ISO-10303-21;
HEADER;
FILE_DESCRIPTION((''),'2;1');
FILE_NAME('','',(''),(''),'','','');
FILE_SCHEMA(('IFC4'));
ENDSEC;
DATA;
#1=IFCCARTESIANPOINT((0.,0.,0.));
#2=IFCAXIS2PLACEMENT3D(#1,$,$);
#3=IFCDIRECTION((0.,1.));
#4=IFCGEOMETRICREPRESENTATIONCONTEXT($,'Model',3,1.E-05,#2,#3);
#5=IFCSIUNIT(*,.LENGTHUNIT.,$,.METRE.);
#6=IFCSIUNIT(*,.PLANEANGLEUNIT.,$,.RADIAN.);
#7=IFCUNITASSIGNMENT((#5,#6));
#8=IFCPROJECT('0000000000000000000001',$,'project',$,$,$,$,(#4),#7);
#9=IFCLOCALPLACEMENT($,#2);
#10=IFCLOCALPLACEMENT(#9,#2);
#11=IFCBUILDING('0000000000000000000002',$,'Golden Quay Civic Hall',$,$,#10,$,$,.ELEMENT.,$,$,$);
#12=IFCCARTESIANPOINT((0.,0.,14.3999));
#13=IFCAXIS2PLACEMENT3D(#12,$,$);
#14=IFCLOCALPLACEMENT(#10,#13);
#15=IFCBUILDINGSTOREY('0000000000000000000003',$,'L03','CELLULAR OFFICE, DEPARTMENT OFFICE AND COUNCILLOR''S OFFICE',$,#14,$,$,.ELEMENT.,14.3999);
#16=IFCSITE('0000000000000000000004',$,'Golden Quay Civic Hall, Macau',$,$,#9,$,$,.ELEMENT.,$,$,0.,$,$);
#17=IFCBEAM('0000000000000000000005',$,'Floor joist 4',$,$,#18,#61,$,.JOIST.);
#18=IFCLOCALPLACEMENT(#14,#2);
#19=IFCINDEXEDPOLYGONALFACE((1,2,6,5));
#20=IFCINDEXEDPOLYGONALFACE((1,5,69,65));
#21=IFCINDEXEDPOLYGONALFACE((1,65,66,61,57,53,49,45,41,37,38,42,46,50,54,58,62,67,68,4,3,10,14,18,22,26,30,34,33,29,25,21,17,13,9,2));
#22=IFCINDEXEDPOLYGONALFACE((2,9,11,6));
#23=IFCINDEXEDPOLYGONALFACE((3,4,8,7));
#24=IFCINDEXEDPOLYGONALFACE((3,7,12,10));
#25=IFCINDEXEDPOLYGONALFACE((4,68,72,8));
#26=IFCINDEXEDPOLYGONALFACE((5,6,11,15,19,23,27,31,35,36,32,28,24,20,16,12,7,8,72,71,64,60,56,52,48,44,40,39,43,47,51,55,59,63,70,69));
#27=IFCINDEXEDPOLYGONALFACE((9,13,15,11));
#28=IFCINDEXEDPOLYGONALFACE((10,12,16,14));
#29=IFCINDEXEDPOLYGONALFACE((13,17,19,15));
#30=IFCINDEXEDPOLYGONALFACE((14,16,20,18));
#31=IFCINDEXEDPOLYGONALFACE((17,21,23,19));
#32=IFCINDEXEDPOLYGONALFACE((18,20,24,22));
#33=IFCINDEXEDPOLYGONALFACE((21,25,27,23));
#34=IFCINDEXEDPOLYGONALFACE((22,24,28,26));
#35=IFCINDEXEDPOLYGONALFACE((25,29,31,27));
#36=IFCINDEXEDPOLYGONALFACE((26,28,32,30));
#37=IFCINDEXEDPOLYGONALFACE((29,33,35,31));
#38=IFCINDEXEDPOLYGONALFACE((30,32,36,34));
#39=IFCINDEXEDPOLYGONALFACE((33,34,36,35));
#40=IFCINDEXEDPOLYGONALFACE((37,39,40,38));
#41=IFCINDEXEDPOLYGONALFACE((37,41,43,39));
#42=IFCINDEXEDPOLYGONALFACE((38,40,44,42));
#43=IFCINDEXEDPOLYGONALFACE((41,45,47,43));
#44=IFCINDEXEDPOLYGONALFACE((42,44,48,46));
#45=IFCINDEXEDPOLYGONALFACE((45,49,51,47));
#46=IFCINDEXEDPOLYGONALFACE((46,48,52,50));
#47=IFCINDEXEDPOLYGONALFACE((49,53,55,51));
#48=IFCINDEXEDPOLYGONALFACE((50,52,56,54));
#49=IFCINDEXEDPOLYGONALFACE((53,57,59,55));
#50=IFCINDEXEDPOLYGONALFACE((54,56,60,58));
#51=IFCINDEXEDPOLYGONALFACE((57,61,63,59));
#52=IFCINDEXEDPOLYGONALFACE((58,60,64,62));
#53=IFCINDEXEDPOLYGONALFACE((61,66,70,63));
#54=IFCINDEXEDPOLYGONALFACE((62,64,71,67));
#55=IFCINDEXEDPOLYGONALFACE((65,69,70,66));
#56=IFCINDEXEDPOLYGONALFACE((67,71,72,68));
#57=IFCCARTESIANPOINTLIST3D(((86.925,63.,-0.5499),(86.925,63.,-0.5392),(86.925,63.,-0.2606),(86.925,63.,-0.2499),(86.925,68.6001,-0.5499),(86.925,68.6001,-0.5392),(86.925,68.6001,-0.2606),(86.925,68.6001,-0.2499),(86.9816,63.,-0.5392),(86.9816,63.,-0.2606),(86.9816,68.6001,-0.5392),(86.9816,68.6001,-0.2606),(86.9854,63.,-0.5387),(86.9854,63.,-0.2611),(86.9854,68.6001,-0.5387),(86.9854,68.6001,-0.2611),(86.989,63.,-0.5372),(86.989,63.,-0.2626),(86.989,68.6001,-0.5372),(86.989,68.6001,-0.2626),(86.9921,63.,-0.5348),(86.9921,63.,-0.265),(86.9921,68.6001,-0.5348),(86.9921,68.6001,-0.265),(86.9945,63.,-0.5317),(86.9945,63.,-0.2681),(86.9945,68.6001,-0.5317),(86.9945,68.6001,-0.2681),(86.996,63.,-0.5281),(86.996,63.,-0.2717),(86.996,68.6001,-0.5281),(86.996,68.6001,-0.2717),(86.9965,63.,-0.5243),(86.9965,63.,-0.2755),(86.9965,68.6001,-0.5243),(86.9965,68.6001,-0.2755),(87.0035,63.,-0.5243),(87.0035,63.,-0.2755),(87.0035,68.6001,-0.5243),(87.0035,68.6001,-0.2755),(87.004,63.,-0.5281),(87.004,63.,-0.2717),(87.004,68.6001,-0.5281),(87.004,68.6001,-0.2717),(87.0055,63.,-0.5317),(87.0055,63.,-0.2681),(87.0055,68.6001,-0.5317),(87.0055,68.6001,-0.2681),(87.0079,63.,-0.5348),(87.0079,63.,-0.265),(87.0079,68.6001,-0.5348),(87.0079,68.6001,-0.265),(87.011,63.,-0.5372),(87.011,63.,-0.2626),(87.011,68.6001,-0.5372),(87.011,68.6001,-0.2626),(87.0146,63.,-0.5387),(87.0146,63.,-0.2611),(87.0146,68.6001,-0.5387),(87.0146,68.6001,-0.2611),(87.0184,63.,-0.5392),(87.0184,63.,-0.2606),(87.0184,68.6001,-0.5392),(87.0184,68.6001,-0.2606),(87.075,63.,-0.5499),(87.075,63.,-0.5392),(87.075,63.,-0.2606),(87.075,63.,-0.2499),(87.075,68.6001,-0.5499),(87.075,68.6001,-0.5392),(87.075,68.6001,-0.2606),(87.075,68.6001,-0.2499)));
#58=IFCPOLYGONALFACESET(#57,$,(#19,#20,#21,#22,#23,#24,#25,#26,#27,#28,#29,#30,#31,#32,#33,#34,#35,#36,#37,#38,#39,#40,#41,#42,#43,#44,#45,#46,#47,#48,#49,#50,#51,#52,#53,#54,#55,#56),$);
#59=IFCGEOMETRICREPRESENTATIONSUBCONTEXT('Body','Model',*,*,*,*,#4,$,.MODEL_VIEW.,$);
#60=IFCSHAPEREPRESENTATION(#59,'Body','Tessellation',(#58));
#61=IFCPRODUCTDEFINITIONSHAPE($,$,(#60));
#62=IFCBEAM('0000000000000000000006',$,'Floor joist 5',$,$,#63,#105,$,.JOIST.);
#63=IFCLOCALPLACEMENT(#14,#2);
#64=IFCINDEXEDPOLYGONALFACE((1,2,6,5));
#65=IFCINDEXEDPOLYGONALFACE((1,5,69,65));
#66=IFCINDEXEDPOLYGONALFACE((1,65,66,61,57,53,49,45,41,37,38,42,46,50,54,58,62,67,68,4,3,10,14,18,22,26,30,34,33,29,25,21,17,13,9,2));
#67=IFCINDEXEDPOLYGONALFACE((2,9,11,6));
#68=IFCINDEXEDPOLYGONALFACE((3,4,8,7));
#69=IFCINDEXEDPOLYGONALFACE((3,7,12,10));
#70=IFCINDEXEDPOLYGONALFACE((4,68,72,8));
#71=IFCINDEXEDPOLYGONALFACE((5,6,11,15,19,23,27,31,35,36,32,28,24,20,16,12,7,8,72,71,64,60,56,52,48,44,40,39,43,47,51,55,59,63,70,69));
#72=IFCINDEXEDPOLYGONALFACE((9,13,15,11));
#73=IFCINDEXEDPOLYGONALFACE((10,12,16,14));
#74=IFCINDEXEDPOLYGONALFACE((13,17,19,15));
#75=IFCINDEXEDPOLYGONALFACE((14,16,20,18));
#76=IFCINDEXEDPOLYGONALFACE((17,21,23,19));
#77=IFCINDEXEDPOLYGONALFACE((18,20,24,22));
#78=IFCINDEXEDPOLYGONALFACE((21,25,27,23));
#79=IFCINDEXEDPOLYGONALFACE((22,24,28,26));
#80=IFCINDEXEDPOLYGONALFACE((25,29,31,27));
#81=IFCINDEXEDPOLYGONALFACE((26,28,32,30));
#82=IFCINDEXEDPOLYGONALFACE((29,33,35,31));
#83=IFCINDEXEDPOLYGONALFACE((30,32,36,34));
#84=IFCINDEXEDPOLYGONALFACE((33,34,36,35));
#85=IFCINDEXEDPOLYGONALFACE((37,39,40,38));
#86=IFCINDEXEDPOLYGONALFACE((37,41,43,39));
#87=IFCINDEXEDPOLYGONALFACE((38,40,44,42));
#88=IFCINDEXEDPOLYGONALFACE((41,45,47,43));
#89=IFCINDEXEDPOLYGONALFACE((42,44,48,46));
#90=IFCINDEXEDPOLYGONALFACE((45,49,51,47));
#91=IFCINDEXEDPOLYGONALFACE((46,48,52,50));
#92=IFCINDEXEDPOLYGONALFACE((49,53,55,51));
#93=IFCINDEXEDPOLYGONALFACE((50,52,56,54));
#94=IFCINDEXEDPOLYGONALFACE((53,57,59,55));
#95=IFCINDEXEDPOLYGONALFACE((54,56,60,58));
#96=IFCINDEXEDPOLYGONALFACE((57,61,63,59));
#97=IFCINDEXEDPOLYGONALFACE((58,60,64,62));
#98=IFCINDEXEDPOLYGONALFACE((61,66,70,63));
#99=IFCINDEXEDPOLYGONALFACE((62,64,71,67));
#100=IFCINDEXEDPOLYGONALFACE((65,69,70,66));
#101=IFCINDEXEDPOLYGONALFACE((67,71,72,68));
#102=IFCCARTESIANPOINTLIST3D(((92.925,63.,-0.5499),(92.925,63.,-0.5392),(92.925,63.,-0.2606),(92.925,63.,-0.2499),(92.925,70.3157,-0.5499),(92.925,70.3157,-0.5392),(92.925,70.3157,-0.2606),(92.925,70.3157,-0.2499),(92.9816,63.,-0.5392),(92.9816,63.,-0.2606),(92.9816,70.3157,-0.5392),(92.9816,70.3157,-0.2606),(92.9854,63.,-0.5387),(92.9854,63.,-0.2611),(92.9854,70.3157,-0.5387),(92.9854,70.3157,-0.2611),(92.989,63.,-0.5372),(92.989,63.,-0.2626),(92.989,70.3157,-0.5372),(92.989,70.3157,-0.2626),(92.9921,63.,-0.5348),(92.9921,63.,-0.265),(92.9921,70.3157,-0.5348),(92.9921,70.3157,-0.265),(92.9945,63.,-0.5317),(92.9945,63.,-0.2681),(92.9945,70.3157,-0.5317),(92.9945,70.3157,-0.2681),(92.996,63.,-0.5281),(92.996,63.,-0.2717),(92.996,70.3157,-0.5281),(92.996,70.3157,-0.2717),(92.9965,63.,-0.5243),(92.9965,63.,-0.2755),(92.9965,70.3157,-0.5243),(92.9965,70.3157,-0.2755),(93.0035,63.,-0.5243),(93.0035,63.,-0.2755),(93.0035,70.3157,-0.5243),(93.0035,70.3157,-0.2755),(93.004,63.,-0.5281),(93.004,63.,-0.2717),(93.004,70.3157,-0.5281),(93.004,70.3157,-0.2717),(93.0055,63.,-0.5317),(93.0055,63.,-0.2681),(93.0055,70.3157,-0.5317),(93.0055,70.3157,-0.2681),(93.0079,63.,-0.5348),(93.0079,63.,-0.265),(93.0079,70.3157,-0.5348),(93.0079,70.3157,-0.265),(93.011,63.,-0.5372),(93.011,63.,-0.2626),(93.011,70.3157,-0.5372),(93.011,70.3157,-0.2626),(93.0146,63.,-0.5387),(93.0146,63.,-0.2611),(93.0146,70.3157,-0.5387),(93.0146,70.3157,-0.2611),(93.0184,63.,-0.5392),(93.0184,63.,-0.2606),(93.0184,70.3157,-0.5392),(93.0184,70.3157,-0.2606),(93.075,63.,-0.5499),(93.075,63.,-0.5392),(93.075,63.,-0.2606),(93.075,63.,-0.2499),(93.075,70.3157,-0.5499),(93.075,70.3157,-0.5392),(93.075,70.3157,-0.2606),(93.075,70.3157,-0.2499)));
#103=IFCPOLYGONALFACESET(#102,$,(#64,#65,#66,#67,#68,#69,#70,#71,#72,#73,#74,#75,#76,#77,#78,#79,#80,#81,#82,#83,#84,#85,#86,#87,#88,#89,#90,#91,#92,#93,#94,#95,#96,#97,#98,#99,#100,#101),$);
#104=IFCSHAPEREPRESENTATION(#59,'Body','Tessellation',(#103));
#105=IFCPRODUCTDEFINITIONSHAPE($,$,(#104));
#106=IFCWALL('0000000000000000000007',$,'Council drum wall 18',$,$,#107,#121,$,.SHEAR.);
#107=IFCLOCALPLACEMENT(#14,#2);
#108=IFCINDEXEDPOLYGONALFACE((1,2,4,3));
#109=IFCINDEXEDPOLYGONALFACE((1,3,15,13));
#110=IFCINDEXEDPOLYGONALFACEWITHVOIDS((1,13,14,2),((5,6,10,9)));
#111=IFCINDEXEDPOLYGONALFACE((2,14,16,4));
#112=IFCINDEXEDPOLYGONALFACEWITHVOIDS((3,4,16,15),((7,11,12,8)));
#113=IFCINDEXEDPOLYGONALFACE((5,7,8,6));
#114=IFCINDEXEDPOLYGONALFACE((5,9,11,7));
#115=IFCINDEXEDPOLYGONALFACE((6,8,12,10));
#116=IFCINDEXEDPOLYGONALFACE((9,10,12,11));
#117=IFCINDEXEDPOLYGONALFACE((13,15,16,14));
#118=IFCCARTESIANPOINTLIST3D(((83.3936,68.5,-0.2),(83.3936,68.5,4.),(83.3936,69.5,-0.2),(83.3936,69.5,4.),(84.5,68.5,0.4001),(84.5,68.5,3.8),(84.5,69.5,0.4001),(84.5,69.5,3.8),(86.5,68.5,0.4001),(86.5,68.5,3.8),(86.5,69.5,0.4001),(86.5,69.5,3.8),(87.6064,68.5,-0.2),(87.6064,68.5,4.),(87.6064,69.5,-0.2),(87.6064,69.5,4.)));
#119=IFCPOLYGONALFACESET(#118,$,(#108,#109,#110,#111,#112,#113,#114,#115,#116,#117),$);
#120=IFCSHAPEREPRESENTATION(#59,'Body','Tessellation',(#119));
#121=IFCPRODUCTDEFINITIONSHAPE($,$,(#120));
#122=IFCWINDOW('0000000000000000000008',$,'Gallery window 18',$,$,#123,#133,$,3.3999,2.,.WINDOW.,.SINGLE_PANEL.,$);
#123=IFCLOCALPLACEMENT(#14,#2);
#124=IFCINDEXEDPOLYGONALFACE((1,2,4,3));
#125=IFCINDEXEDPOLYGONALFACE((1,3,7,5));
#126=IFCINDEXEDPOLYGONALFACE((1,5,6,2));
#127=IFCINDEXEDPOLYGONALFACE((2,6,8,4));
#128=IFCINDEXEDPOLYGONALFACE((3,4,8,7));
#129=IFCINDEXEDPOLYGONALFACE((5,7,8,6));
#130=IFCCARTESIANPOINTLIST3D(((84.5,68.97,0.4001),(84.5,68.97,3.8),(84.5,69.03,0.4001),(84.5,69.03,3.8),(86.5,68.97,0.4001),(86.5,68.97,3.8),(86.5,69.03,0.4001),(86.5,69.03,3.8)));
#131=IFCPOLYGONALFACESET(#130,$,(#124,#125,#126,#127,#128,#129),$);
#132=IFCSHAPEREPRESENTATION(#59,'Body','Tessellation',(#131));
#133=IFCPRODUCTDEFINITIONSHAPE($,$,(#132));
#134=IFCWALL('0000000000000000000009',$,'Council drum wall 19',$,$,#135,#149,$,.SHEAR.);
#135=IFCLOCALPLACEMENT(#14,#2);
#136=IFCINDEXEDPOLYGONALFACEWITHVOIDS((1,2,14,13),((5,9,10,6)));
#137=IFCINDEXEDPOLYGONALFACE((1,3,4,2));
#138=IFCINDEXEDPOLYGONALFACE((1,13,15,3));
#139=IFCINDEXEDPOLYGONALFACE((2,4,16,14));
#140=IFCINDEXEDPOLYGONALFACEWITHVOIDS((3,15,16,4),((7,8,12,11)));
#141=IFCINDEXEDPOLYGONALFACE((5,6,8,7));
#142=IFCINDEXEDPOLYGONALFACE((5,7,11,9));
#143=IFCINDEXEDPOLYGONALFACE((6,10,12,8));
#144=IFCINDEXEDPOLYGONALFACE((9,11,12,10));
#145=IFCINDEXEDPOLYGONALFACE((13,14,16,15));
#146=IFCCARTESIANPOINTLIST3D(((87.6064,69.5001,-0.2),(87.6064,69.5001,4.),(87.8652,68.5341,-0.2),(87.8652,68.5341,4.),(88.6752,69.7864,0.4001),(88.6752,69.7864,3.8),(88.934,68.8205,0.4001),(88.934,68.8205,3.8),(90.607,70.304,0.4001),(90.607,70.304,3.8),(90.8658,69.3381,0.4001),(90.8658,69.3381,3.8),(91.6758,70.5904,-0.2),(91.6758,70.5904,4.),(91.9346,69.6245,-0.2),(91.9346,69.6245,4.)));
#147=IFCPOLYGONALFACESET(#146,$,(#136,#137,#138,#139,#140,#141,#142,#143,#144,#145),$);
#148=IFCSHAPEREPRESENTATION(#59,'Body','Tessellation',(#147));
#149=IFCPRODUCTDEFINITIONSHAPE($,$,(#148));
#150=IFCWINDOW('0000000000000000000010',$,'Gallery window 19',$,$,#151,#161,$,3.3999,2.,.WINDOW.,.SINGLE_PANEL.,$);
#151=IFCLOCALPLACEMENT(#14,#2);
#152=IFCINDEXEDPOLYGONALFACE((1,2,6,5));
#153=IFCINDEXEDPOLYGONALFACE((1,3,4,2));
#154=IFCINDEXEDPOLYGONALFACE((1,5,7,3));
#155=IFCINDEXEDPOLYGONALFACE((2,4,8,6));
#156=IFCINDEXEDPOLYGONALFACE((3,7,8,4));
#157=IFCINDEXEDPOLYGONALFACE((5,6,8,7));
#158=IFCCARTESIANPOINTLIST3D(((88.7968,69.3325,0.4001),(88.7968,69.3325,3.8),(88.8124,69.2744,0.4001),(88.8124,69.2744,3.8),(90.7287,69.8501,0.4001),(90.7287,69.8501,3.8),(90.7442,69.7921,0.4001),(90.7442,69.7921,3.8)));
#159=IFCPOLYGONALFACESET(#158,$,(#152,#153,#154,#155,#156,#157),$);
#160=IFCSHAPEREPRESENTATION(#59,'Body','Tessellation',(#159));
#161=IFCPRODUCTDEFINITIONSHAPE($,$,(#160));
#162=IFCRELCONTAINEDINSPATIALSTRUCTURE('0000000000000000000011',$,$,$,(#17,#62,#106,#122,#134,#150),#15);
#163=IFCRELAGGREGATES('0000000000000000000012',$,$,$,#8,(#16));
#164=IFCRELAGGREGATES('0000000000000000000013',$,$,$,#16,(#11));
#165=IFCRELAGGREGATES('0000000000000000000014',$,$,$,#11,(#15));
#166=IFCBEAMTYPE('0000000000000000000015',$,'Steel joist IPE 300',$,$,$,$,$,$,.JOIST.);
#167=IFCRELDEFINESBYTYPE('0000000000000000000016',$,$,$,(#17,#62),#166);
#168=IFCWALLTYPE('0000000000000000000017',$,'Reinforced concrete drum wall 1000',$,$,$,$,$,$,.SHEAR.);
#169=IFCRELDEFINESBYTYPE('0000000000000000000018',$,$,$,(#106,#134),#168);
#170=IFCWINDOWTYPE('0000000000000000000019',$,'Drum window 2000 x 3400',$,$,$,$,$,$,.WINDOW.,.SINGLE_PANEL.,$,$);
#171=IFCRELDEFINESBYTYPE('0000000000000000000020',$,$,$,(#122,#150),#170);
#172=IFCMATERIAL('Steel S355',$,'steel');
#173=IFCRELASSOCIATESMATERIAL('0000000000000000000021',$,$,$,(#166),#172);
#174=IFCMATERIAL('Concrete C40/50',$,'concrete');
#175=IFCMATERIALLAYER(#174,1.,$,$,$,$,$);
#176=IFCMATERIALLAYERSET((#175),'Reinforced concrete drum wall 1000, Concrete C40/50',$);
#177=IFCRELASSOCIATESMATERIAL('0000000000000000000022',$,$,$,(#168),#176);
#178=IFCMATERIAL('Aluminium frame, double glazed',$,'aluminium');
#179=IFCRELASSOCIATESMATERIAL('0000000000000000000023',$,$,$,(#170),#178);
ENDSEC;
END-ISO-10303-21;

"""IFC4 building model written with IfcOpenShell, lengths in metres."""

from ifc_helpers import new_model, si_unit, direction, frame, frame_2d, origin, origin_2d, place, context, subcontext, project, spatial, rectangle, i_section, extrude, material, layer, layer_set, material_profile, profile_set, type_object, element, fill, save


model = new_model("IFC4")

# Units and contexts
model_context = context("Model", 3, precision=1e-05, world=origin(), true_north=direction((0.0, 1.0)))
body_context = subcontext(model_context, "Body", "Model", "MODEL_VIEW")
ifc_project = project(units=[si_unit("LENGTHUNIT", "METRE"), si_unit("PLANEANGLEUNIT", "RADIAN")], contexts=[model_context])

# Site, building, storey
site_placement = place(None, origin())
site = spatial("IfcSite", under=ifc_project, at=site_placement, Name="Golden Quay Civic Hall, Macau", CompositionType="ELEMENT", RefElevation=0.0)
building_placement = place(site_placement, origin())
building = spatial("IfcBuilding", under=site, at=building_placement, Name="Golden Quay Civic Hall", CompositionType="ELEMENT")
storey_placement = place(building_placement, frame((0.0, 0.0, 14.3999)))
storey = spatial("IfcBuildingStorey", under=building, at=storey_placement, Name="L03", Description="CELLULAR OFFICE, DEPARTMENT OFFICE AND COUNCILLOR'S OFFICE", CompositionType="ELEMENT", Elevation=14.3999)

# Beams
ifc_material_1 = material(Name="Steel S355", Category="steel")
ifc_material_profile_1 = material_profile(ifc_material_1, i_section(OverallWidth=0.1499, OverallDepth=0.3, WebThickness=0.0071, FlangeThickness=0.0107, FilletRadius=0.0149, at=origin_2d()), Name="IPE 300")
ifc_profile_set_1 = profile_set([ifc_material_profile_1], Name="Steel S355")
beam_type_1 = type_object("IfcBeamType", Name="Steel joist IPE 300", PredefinedType="JOIST", material=ifc_profile_set_1)
for number, where, z_axis, x_axis, name in (
    (1, (87.0, 63.0, -0.3999), (0.0, 1.0, 0.0), (-1.0, 0.0, 0.0), "Floor joist 4"),
):
    element("IfcBeam", number, at=place(storey_placement, frame(where, z_axis=z_axis, x_axis=x_axis)), inside=storey, type_object=beam_type_1, Name=name, PredefinedType="JOIST", context=body_context, shape_type="SweptSolid", body=[
        extrude(i_section(OverallWidth=0.1499, OverallDepth=0.3, WebThickness=0.0071, FlangeThickness=0.0107, FilletRadius=0.0149, at=origin_2d()), origin(), (0.0, 0.0, 1.0), 5.6001),
    ])
beam_1_placement = place(storey_placement, frame((93.0, 63.0, -0.3999), z_axis=(0.0, 1.0, 0.0), x_axis=(-1.0, 0.0, 0.0)))
element("IfcBeam", 2, at=beam_1_placement, inside=storey, type_object=beam_type_1, Name="Floor joist 5", PredefinedType="JOIST", context=body_context, shape_type="SweptSolid", body=[
    extrude(i_section(OverallWidth=0.1499, OverallDepth=0.3, WebThickness=0.0071, FlangeThickness=0.0107, FilletRadius=0.0149, at=origin_2d()), origin(), (0.0, 0.0, 1.0), 7.3157),
])

# Walls, openings, windows
ifc_material_2 = material(Name="Concrete C40/50", Category="concrete")
ifc_layer_1 = layer(ifc_material_2, 1.0)
ifc_layer_set_1 = layer_set([ifc_layer_1], Name="Reinforced concrete drum wall 1000, Concrete C40/50")
wall_type = type_object("IfcWallType", Name="Reinforced concrete drum wall 1000", PredefinedType="SHEAR", material=ifc_layer_set_1)
wall_1_placement = place(storey_placement, frame((83.3936, 69.0, -0.2), z_axis=(0.0, 0.0, 1.0), x_axis=(1.0, 0.0, 0.0)))
wall_1 = element("IfcWall", 3, at=wall_1_placement, inside=storey, type_object=wall_type, Name="Council drum wall 18", PredefinedType="SHEAR", context=body_context, shape_type="SweptSolid", body=[
    extrude(rectangle(XDim=4.2129, YDim=1.0, at=frame_2d((2.1064, 0.0))), origin(), (0.0, 0.0, 1.0), 4.2),
])
opening_1_placement = place(wall_1_placement, frame((1.1064, 0.0, 0.6001)))
opening_1 = element("IfcOpeningElement", 4, at=opening_1_placement, cuts=wall_1, PredefinedType="OPENING", context=body_context, shape_type="SweptSolid", body=[
    extrude(rectangle(XDim=2.0, YDim=3.3999, at=frame_2d((1.0, 1.7))), frame((0.0, 0.51, 0.0), z_axis=(0.0, -1.0, 0.0), x_axis=(1.0, 0.0, 0.0)), (0.0, 0.0, 1.0), 1.02),
])
ifc_material_3 = material(Name="Aluminium frame, double glazed", Category="aluminium")
window_type = type_object("IfcWindowType", Name="Drum window 2000 x 3400", PartitioningType="SINGLE_PANEL", PredefinedType="WINDOW", material=ifc_material_3)
window_1_placement = place(opening_1_placement, origin())
window_1 = element("IfcWindow", 5, at=window_1_placement, inside=storey, type_object=window_type, Name="Gallery window 18", OverallHeight=3.3999, OverallWidth=2.0, PartitioningType="SINGLE_PANEL", PredefinedType="WINDOW", context=body_context, shape_type="SweptSolid", body=[
    extrude(rectangle(XDim=2.0, YDim=3.3999, at=frame_2d((1.0, 1.7))), frame((0.0, 0.03, 0.0), z_axis=(0.0, -1.0, 0.0), x_axis=(1.0, 0.0, 0.0)), (0.0, 0.0, 1.0), 0.0601),
])
fill(opening_1, window_1)
wall_2_placement = place(storey_placement, frame((87.7358, 69.0171, -0.2), z_axis=(0.0, 0.0, 1.0), x_axis=(0.965928, 0.258809, 0.0)))
wall_2 = element("IfcWall", 6, at=wall_2_placement, inside=storey, type_object=wall_type, Name="Council drum wall 19", PredefinedType="SHEAR", context=body_context, shape_type="SweptSolid", body=[
    extrude(rectangle(XDim=4.2129, YDim=1.0, at=frame_2d((2.1064, 0.0))), origin(), (0.0, 0.0, 1.0), 4.2),
])
opening_2_placement = place(wall_2_placement, frame((1.1064, 0.0, 0.6001)))
opening_2 = element("IfcOpeningElement", 7, at=opening_2_placement, cuts=wall_2, PredefinedType="OPENING", context=body_context, shape_type="SweptSolid", body=[
    extrude(rectangle(XDim=2.0, YDim=3.3999, at=frame_2d((1.0, 1.7))), frame((0.0, 0.51, 0.0), z_axis=(0.0, -1.0, 0.0), x_axis=(1.0, 0.0, 0.0)), (0.0, 0.0, 1.0), 1.02),
])
window_2_placement = place(opening_2_placement, origin())
window_2 = element("IfcWindow", 8, at=window_2_placement, inside=storey, type_object=window_type, Name="Gallery window 19", OverallHeight=3.3999, OverallWidth=2.0, PartitioningType="SINGLE_PANEL", PredefinedType="WINDOW", context=body_context, shape_type="SweptSolid", body=[
    extrude(rectangle(XDim=2.0, YDim=3.3999, at=frame_2d((1.0, 1.7))), frame((0.0, 0.03, 0.0), z_axis=(0.0, -1.0, 0.0), x_axis=(1.0, 0.0, 0.0)), (0.0, 0.0, 1.0), 0.0601),
])
fill(opening_2, window_2)

save(model, "model.ifc")
